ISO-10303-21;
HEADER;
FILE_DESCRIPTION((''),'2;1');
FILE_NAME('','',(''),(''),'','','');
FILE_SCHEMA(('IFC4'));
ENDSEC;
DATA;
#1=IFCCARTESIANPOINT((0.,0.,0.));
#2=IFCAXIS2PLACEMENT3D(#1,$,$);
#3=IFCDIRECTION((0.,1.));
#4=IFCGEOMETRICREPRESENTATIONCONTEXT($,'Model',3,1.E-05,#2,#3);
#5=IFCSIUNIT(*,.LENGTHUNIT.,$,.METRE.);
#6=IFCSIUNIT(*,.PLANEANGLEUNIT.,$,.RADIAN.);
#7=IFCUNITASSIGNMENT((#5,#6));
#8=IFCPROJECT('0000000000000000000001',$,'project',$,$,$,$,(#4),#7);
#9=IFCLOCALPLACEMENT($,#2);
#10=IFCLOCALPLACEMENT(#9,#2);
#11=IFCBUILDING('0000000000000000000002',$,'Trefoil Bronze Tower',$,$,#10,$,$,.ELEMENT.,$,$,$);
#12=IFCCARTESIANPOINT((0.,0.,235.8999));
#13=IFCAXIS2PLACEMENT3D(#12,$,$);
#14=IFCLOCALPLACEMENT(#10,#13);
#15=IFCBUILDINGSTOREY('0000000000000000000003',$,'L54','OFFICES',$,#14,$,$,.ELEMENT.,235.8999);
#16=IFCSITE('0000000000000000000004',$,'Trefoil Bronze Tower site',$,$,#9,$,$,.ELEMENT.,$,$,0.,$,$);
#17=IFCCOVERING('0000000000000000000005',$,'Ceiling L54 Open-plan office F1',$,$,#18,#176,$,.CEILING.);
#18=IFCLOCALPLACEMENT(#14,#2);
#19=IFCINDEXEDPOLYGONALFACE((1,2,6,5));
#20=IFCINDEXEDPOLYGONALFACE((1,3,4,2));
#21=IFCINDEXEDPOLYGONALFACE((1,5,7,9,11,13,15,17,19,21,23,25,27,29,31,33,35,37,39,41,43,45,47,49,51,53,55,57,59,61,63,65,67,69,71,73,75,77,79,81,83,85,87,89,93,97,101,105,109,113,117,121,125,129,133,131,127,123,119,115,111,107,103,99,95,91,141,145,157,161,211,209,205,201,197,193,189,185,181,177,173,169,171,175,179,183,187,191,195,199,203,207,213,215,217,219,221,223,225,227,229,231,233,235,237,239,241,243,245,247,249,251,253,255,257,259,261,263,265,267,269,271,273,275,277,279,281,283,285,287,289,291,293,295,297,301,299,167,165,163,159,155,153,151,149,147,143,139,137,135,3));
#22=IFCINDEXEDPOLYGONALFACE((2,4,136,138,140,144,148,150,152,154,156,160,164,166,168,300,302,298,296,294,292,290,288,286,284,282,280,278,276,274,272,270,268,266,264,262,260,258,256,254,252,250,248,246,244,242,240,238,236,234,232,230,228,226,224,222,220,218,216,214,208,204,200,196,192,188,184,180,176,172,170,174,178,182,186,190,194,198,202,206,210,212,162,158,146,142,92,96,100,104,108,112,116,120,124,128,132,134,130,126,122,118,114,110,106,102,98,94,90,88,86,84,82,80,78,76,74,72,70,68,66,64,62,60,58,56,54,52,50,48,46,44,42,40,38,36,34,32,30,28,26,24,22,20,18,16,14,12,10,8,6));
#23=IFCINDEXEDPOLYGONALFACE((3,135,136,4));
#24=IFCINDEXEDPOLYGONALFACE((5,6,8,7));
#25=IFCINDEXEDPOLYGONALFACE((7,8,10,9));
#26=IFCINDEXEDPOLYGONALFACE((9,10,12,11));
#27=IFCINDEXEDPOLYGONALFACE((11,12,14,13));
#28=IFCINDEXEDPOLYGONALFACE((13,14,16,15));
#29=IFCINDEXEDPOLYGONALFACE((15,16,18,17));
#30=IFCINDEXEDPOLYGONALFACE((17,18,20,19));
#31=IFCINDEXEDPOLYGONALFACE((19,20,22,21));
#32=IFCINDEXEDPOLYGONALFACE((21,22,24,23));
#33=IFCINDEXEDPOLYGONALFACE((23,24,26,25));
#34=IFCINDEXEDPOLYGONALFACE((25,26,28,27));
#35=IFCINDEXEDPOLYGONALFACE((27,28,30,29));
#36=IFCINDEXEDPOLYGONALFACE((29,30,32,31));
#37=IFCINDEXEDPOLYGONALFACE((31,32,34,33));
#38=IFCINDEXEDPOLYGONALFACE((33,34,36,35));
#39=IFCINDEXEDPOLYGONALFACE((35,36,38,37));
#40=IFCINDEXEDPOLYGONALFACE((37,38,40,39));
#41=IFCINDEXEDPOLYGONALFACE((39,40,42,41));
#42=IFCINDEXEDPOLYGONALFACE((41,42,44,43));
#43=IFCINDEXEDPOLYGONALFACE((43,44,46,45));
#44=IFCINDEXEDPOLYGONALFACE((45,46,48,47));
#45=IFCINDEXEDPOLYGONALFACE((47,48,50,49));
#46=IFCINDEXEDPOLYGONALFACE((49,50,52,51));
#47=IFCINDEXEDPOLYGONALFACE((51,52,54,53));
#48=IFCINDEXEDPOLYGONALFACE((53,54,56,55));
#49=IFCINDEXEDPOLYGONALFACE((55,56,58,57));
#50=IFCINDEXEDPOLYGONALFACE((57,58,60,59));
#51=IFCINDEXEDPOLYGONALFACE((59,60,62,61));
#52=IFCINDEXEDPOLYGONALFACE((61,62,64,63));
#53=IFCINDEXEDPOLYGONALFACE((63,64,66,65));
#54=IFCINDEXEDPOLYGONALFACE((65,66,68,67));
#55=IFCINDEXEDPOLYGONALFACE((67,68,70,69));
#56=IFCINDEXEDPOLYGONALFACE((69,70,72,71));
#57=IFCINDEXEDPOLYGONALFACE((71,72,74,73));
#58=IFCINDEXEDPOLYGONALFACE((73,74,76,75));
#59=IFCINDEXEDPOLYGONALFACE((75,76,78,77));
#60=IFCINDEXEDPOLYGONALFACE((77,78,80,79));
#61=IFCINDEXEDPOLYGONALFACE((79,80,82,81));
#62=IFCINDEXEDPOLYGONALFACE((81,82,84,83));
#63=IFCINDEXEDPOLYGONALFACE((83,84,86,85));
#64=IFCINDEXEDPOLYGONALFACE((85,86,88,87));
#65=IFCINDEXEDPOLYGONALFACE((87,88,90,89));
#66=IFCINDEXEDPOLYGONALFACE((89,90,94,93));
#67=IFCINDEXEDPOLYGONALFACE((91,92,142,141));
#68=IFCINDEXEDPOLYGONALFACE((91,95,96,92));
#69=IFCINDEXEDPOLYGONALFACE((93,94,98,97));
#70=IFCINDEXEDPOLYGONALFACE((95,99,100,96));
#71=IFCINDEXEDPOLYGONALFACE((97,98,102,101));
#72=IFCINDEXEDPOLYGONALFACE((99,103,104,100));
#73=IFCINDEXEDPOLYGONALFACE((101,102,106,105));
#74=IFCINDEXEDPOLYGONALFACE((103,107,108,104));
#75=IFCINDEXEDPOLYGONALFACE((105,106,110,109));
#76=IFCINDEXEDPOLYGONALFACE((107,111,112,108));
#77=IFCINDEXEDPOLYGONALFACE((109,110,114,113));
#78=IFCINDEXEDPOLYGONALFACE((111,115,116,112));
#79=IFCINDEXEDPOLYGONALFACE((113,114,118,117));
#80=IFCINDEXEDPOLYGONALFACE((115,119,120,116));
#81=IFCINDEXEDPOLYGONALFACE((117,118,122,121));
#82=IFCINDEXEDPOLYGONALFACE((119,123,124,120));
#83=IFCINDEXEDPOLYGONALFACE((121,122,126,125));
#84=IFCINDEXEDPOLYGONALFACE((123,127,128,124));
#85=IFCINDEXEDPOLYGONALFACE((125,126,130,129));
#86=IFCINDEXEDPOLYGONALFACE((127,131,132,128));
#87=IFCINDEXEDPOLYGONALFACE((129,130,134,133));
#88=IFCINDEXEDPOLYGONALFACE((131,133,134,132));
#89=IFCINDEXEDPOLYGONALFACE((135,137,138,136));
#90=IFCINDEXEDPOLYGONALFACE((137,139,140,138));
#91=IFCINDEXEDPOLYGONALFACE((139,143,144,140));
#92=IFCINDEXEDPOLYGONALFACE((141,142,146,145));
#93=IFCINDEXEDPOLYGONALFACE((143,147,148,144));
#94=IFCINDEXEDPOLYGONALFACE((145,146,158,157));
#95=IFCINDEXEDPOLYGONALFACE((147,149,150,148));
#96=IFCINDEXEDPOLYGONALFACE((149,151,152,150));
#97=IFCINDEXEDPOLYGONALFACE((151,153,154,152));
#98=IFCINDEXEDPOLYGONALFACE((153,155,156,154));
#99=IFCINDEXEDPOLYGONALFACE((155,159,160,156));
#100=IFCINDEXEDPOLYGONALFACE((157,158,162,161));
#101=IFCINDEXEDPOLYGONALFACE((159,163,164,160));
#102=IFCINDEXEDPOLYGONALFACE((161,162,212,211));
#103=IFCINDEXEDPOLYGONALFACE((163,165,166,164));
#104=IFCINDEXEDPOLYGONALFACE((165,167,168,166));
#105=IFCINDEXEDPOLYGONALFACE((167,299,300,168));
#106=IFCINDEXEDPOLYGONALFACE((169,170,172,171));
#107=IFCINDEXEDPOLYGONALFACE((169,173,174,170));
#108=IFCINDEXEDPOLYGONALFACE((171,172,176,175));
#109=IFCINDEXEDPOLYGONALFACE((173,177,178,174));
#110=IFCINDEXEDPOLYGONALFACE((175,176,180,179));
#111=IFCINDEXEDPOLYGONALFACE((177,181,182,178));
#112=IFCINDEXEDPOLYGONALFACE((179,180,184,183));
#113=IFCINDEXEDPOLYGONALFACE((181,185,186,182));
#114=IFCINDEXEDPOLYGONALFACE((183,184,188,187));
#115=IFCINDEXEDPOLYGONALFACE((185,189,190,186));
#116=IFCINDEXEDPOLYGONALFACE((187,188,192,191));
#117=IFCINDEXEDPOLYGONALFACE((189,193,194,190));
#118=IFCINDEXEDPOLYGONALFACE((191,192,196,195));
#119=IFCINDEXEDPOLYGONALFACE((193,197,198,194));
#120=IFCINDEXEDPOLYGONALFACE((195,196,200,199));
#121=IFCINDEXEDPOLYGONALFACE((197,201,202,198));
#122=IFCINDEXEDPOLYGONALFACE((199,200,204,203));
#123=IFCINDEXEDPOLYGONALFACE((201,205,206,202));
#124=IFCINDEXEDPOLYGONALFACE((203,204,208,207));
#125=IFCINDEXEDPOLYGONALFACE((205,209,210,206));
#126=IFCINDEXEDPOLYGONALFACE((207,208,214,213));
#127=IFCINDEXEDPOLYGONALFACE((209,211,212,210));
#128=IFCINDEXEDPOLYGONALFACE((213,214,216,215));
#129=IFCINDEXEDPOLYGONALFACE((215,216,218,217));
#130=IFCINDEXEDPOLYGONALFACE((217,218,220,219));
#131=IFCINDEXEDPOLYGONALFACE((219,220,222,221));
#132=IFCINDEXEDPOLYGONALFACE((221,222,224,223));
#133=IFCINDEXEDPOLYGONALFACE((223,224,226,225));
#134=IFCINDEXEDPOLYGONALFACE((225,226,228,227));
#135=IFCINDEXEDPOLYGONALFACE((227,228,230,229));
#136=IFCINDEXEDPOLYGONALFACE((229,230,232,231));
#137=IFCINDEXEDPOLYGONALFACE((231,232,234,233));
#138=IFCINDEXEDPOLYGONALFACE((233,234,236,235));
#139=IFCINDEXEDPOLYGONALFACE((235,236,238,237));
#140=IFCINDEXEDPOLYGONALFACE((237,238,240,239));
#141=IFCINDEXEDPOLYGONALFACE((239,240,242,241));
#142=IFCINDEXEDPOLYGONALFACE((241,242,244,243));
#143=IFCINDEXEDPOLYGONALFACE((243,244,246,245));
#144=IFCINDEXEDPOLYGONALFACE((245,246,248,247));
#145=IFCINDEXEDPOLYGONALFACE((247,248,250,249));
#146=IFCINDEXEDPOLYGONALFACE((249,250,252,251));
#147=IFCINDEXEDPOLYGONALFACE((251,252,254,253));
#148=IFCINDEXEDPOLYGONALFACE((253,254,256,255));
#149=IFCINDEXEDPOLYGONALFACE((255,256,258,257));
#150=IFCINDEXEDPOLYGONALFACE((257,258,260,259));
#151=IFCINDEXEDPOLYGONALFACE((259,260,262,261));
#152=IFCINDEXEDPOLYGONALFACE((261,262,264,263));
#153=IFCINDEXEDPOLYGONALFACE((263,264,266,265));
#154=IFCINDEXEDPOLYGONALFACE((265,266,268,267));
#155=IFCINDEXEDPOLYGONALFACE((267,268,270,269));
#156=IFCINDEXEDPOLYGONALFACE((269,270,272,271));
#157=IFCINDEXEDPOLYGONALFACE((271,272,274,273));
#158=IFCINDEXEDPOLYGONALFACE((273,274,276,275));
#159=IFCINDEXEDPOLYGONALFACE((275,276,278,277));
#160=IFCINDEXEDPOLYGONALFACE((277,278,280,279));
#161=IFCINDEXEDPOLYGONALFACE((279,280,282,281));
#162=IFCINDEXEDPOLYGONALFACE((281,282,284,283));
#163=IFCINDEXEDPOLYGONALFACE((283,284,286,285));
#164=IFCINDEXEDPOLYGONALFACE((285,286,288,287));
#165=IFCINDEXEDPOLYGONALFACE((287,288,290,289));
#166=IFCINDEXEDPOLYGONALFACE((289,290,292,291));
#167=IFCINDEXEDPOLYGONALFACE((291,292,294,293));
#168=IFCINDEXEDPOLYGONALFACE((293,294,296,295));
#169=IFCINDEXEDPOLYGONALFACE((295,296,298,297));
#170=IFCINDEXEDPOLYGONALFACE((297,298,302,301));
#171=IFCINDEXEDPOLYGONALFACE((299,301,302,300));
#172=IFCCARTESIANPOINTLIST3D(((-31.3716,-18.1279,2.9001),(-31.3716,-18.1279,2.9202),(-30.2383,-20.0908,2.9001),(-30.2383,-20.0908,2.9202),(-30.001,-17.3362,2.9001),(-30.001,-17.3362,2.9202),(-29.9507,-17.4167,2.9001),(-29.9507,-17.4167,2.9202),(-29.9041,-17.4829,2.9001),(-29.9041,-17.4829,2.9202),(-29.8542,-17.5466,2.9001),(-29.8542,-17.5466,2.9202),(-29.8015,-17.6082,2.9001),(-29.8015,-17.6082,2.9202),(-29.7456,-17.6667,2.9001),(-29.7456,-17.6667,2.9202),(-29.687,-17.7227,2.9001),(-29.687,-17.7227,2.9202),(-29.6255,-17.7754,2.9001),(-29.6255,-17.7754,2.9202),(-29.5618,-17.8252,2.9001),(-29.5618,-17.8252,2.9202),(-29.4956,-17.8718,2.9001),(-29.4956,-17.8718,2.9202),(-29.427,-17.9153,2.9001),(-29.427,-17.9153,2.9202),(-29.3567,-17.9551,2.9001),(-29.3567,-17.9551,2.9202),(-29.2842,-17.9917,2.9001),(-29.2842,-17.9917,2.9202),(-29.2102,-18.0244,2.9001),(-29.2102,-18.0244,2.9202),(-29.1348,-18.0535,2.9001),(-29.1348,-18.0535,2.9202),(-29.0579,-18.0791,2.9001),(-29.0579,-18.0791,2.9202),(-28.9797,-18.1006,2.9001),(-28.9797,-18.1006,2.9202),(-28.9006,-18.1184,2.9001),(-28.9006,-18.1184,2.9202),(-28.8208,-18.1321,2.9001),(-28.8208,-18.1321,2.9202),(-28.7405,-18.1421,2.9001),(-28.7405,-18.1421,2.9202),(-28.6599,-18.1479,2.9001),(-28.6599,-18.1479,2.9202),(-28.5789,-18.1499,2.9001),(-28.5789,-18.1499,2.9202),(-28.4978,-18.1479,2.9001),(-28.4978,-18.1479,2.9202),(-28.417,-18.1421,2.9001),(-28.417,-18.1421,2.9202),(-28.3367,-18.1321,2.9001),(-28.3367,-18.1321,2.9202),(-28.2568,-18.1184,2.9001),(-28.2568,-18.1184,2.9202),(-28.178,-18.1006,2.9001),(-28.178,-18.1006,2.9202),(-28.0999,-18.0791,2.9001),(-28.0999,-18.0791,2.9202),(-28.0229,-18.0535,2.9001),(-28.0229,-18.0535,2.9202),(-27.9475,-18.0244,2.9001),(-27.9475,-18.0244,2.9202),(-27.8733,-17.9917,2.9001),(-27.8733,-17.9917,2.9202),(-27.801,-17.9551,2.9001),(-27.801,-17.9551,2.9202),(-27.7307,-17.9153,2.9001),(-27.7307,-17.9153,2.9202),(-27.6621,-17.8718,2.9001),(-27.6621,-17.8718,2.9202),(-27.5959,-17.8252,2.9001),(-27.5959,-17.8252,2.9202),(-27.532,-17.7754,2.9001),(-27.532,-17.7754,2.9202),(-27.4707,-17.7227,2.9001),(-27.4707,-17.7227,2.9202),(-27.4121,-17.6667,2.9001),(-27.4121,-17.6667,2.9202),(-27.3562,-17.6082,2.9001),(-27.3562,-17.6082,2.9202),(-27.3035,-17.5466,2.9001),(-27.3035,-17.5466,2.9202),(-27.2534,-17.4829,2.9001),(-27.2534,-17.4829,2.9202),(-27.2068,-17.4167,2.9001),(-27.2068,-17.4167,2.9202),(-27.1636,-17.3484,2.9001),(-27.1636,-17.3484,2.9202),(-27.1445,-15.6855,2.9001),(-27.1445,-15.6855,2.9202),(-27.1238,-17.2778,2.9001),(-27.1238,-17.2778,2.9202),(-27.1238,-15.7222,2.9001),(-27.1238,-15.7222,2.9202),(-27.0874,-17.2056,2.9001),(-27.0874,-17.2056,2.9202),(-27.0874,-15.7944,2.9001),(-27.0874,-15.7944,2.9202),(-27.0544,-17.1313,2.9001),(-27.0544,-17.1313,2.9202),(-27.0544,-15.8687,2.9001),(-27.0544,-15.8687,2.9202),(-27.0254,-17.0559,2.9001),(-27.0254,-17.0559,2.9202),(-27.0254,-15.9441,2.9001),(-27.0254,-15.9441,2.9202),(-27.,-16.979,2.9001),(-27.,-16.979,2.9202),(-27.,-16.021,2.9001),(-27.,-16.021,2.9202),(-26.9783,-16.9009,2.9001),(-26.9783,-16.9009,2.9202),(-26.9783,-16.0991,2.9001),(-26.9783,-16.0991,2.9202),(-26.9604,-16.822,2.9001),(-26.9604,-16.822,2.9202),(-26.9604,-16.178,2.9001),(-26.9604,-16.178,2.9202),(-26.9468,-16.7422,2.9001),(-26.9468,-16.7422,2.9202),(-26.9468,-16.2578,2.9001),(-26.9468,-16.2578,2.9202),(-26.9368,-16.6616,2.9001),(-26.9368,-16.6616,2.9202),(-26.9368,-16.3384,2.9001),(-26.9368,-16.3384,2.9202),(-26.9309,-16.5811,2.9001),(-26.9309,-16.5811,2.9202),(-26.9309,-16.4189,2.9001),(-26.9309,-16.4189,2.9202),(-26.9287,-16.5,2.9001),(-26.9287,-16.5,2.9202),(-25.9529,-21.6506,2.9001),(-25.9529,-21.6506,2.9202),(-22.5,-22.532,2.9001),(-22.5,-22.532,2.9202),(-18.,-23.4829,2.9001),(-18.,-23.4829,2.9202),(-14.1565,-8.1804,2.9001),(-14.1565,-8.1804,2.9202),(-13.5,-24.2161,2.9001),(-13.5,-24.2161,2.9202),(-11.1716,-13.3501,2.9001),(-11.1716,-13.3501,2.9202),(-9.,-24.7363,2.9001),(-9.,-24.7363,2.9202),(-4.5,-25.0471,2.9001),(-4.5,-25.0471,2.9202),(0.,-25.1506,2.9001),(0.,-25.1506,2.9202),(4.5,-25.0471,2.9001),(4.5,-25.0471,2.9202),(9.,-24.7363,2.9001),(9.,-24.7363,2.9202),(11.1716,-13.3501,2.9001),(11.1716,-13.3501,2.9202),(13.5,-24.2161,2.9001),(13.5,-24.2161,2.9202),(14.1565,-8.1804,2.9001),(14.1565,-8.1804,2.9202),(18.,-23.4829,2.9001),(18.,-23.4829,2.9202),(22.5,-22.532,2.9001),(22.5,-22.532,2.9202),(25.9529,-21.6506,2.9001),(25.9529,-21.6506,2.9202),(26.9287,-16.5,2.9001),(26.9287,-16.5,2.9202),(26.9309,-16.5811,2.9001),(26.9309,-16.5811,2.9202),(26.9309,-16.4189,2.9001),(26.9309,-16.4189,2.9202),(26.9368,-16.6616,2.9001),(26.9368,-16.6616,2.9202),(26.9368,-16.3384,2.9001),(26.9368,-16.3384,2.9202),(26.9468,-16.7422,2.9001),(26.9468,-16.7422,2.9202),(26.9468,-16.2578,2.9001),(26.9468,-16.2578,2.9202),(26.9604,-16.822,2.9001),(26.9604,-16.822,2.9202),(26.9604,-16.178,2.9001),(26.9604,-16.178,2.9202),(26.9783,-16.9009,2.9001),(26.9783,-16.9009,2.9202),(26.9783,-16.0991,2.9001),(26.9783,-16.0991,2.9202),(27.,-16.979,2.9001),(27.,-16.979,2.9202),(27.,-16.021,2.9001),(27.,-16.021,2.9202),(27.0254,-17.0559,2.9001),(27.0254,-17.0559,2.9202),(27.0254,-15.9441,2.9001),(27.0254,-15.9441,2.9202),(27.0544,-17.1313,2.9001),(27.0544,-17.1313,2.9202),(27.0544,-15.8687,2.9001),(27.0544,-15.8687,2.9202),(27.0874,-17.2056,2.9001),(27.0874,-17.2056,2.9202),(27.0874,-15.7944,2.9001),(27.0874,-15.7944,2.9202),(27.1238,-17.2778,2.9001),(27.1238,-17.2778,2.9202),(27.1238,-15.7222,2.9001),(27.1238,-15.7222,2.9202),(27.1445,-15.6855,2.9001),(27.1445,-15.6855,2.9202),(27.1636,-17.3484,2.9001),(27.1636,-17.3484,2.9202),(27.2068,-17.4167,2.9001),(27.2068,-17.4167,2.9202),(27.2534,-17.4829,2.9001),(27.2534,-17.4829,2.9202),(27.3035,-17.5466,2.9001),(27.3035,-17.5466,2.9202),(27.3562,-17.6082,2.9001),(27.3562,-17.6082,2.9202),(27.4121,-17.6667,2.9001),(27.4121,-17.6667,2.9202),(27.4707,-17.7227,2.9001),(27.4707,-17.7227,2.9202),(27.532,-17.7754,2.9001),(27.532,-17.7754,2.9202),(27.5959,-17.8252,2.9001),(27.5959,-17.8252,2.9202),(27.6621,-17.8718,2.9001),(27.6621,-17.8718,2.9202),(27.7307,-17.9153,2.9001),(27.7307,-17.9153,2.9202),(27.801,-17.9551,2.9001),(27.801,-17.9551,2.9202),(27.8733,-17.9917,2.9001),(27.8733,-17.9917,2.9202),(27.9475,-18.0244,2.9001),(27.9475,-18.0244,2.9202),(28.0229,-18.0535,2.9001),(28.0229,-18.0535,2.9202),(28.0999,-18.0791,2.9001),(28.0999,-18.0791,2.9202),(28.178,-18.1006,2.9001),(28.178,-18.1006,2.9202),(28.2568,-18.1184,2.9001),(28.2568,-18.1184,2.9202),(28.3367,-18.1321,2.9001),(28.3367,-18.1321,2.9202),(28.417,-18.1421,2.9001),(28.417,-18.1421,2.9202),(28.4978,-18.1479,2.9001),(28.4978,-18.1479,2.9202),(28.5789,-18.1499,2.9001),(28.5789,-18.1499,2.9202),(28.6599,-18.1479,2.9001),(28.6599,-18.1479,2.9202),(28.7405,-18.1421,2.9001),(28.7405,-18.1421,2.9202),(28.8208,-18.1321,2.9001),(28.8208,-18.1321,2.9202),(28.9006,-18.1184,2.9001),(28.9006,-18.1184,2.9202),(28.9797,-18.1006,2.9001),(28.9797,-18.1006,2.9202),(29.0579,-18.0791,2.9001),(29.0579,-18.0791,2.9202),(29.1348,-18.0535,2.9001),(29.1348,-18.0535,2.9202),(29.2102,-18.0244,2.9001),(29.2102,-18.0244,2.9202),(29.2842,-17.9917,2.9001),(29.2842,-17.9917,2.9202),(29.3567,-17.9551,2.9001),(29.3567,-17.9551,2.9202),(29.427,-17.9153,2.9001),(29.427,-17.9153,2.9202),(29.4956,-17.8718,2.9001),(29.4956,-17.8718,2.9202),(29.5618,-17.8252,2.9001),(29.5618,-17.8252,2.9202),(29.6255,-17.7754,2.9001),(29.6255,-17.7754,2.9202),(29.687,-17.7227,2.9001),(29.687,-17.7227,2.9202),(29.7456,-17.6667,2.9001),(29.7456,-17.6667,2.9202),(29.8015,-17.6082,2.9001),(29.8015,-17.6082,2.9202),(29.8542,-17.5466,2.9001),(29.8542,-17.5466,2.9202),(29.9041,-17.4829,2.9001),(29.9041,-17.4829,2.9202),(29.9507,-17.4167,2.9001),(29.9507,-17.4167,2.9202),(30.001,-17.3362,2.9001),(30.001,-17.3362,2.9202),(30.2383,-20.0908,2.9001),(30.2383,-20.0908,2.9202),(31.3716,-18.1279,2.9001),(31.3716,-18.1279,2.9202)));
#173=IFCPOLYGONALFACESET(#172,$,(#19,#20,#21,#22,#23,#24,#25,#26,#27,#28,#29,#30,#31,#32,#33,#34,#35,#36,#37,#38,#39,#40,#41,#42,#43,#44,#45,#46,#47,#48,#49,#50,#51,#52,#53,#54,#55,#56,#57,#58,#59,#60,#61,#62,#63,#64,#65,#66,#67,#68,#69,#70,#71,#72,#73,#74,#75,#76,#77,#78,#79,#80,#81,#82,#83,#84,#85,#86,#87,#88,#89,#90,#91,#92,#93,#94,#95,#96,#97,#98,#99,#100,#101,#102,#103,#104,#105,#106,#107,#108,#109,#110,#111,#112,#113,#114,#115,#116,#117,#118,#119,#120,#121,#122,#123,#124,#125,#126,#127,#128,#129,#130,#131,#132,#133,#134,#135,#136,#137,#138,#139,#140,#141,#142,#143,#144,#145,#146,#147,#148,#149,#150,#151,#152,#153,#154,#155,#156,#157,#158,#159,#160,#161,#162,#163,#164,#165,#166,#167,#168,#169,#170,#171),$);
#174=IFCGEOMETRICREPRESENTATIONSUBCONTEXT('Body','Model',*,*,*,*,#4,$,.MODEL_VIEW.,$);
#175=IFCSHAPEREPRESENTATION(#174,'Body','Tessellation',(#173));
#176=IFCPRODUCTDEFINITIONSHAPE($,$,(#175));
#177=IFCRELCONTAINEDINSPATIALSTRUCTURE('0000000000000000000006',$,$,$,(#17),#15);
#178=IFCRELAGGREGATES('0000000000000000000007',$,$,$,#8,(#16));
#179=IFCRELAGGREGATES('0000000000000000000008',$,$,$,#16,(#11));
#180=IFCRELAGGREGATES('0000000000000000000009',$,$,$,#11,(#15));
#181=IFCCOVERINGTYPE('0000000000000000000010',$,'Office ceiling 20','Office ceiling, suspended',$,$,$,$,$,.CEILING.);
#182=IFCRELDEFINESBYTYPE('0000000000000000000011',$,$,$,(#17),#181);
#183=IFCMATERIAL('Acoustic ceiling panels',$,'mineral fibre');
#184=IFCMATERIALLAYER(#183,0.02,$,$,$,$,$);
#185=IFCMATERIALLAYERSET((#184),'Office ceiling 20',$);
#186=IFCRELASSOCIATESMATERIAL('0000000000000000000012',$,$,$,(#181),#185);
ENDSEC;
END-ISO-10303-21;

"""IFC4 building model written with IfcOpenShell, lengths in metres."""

from ifc_helpers import new_model, si_unit, direction, frame, origin, place, context, subcontext, project, spatial, polyline, outline, extrude, material, layer, layer_set, type_object, element, save


model = new_model("IFC4")

# Units and contexts
model_context = context("Model", 3, precision=1e-05, world=origin(), true_north=direction((0.0, 1.0)))
body_context = subcontext(model_context, "Body", "Model", "MODEL_VIEW")
ifc_project = project(units=[si_unit("LENGTHUNIT", "METRE"), si_unit("PLANEANGLEUNIT", "RADIAN")], contexts=[model_context])

# Site, building, storey
site_placement = place(None, origin())
site = spatial("IfcSite", under=ifc_project, at=site_placement, Name="Trefoil Bronze Tower site", CompositionType="ELEMENT", RefElevation=0.0)
building_placement = place(site_placement, origin())
building = spatial("IfcBuilding", under=site, at=building_placement, Name="Trefoil Bronze Tower", CompositionType="ELEMENT")
storey_placement = place(building_placement, frame((0.0, 0.0, 235.8999)))
storey = spatial("IfcBuildingStorey", under=building, at=storey_placement, Name="L54", Description="OFFICES", CompositionType="ELEMENT", Elevation=235.8999)

# Covering
ifc_material_1 = material(Name="Acoustic ceiling panels", Category="mineral fibre")
ifc_layer_1 = layer(ifc_material_1, 0.02)
ifc_layer_set_1 = layer_set([ifc_layer_1], Name="Office ceiling 20")
covering_type_1 = type_object("IfcCoveringType", Name="Office ceiling 20", Description="Office ceiling, suspended", PredefinedType="CEILING", material=ifc_layer_set_1)
covering_1_placement = place(storey_placement, frame((0.0, 0.0, 2.9001)))
element("IfcCovering", 1, at=covering_1_placement, inside=storey, type_object=covering_type_1, Name="Ceiling L54 Open-plan office F1", PredefinedType="CEILING", context=body_context, shape_type="SweptSolid", body=[
    extrude(outline(polyline([(-29.9507, -17.4167), (-29.9041, -17.4829), (-29.8542, -17.5466), (-29.8015, -17.6082), (-29.7456, -17.6667), (-29.687, -17.7227), (-29.6255, -17.7754), (-29.5618, -17.8252), (-29.4956, -17.8718), (-29.427, -17.9153), (-29.3567, -17.9551), (-29.2842, -17.9917), (-29.2102, -18.0244), (-29.1348, -18.0535), (-29.0579, -18.0791), (-28.9797, -18.1006), (-28.9006, -18.1184), (-28.8208, -18.1321), (-28.7405, -18.1421), (-28.6599, -18.1479), (-28.5789, -18.1499), (-28.4978, -18.1479), (-28.417, -18.1421), (-28.3367, -18.1321), (-28.2568, -18.1184), (-28.178, -18.1006), (-28.0999, -18.0791), (-28.0229, -18.0535), (-27.9475, -18.0244), (-27.8733, -17.9917), (-27.801, -17.9551), (-27.7307, -17.9153), (-27.6621, -17.8718), (-27.5959, -17.8252), (-27.532, -17.7754), (-27.4707, -17.7227), (-27.4121, -17.6667), (-27.3562, -17.6082), (-27.3035, -17.5466), (-27.2534, -17.4829), (-27.2068, -17.4167), (-27.1636, -17.3484), (-27.1238, -17.2778), (-27.0874, -17.2056), (-27.0544, -17.1313), (-27.0254, -17.0559), (-27.0, -16.979), (-26.9783, -16.9009), (-26.9604, -16.822), (-26.9468, -16.7422), (-26.9368, -16.6616), (-26.9309, -16.5811), (-26.9287, -16.5), (-26.9309, -16.4189), (-26.9368, -16.3384), (-26.9468, -16.2578), (-26.9604, -16.178), (-26.9783, -16.0991), (-27.0, -16.021), (-27.0254, -15.9441), (-27.0544, -15.8687), (-27.0874, -15.7944), (-27.1238, -15.7222), (-27.1445, -15.6855), (-14.1565, -8.1804), (-11.1716, -13.3501), (11.1716, -13.3501), (14.1565, -8.1804), (27.1445, -15.6855), (27.1238, -15.7222), (27.0874, -15.7944), (27.0544, -15.8687), (27.0254, -15.9441), (27.0, -16.021), (26.9783, -16.0991), (26.9604, -16.178), (26.9468, -16.2578), (26.9368, -16.3384), (26.9309, -16.4189), (26.9287, -16.5), (26.9309, -16.5811), (26.9368, -16.6616), (26.9468, -16.7422), (26.9604, -16.822), (26.9783, -16.9009), (27.0, -16.979), (27.0254, -17.0559), (27.0544, -17.1313), (27.0874, -17.2056), (27.1238, -17.2778), (27.1636, -17.3484), (27.2068, -17.4167), (27.2534, -17.4829), (27.3035, -17.5466), (27.3562, -17.6082), (27.4121, -17.6667), (27.4707, -17.7227), (27.532, -17.7754), (27.5959, -17.8252), (27.6621, -17.8718), (27.7307, -17.9153), (27.801, -17.9551), (27.8733, -17.9917), (27.9475, -18.0244), (28.0229, -18.0535), (28.0999, -18.0791), (28.178, -18.1006), (28.2568, -18.1184), (28.3367, -18.1321), (28.417, -18.1421), (28.4978, -18.1479), (28.5789, -18.1499), (28.6599, -18.1479), (28.7405, -18.1421), (28.8208, -18.1321), (28.9006, -18.1184), (28.9797, -18.1006), (29.0579, -18.0791), (29.1348, -18.0535), (29.2102, -18.0244), (29.2842, -17.9917), (29.3567, -17.9551), (29.427, -17.9153), (29.4956, -17.8718), (29.5618, -17.8252), (29.6255, -17.7754), (29.687, -17.7227), (29.7456, -17.6667), (29.8015, -17.6082), (29.8542, -17.5466), (29.9041, -17.4829), (29.9507, -17.4167), (30.001, -17.3362), (31.3716, -18.1279), (30.2383, -20.0908), (25.9529, -21.6506), (22.5, -22.532), (18.0, -23.4829), (13.5, -24.2161), (9.0, -24.7363), (4.5, -25.0471), (0.0, -25.1506), (-4.5, -25.0471), (-9.0, -24.7363), (-13.5, -24.2161), (-18.0, -23.4829), (-22.5, -22.532), (-25.9529, -21.6506), (-30.2383, -20.0908), (-31.3716, -18.1279), (-30.001, -17.3362), (-29.9507, -17.4167)])), origin(), (0.0, 0.0, 1.0), 0.02),
])

save(model, "model.ifc")
